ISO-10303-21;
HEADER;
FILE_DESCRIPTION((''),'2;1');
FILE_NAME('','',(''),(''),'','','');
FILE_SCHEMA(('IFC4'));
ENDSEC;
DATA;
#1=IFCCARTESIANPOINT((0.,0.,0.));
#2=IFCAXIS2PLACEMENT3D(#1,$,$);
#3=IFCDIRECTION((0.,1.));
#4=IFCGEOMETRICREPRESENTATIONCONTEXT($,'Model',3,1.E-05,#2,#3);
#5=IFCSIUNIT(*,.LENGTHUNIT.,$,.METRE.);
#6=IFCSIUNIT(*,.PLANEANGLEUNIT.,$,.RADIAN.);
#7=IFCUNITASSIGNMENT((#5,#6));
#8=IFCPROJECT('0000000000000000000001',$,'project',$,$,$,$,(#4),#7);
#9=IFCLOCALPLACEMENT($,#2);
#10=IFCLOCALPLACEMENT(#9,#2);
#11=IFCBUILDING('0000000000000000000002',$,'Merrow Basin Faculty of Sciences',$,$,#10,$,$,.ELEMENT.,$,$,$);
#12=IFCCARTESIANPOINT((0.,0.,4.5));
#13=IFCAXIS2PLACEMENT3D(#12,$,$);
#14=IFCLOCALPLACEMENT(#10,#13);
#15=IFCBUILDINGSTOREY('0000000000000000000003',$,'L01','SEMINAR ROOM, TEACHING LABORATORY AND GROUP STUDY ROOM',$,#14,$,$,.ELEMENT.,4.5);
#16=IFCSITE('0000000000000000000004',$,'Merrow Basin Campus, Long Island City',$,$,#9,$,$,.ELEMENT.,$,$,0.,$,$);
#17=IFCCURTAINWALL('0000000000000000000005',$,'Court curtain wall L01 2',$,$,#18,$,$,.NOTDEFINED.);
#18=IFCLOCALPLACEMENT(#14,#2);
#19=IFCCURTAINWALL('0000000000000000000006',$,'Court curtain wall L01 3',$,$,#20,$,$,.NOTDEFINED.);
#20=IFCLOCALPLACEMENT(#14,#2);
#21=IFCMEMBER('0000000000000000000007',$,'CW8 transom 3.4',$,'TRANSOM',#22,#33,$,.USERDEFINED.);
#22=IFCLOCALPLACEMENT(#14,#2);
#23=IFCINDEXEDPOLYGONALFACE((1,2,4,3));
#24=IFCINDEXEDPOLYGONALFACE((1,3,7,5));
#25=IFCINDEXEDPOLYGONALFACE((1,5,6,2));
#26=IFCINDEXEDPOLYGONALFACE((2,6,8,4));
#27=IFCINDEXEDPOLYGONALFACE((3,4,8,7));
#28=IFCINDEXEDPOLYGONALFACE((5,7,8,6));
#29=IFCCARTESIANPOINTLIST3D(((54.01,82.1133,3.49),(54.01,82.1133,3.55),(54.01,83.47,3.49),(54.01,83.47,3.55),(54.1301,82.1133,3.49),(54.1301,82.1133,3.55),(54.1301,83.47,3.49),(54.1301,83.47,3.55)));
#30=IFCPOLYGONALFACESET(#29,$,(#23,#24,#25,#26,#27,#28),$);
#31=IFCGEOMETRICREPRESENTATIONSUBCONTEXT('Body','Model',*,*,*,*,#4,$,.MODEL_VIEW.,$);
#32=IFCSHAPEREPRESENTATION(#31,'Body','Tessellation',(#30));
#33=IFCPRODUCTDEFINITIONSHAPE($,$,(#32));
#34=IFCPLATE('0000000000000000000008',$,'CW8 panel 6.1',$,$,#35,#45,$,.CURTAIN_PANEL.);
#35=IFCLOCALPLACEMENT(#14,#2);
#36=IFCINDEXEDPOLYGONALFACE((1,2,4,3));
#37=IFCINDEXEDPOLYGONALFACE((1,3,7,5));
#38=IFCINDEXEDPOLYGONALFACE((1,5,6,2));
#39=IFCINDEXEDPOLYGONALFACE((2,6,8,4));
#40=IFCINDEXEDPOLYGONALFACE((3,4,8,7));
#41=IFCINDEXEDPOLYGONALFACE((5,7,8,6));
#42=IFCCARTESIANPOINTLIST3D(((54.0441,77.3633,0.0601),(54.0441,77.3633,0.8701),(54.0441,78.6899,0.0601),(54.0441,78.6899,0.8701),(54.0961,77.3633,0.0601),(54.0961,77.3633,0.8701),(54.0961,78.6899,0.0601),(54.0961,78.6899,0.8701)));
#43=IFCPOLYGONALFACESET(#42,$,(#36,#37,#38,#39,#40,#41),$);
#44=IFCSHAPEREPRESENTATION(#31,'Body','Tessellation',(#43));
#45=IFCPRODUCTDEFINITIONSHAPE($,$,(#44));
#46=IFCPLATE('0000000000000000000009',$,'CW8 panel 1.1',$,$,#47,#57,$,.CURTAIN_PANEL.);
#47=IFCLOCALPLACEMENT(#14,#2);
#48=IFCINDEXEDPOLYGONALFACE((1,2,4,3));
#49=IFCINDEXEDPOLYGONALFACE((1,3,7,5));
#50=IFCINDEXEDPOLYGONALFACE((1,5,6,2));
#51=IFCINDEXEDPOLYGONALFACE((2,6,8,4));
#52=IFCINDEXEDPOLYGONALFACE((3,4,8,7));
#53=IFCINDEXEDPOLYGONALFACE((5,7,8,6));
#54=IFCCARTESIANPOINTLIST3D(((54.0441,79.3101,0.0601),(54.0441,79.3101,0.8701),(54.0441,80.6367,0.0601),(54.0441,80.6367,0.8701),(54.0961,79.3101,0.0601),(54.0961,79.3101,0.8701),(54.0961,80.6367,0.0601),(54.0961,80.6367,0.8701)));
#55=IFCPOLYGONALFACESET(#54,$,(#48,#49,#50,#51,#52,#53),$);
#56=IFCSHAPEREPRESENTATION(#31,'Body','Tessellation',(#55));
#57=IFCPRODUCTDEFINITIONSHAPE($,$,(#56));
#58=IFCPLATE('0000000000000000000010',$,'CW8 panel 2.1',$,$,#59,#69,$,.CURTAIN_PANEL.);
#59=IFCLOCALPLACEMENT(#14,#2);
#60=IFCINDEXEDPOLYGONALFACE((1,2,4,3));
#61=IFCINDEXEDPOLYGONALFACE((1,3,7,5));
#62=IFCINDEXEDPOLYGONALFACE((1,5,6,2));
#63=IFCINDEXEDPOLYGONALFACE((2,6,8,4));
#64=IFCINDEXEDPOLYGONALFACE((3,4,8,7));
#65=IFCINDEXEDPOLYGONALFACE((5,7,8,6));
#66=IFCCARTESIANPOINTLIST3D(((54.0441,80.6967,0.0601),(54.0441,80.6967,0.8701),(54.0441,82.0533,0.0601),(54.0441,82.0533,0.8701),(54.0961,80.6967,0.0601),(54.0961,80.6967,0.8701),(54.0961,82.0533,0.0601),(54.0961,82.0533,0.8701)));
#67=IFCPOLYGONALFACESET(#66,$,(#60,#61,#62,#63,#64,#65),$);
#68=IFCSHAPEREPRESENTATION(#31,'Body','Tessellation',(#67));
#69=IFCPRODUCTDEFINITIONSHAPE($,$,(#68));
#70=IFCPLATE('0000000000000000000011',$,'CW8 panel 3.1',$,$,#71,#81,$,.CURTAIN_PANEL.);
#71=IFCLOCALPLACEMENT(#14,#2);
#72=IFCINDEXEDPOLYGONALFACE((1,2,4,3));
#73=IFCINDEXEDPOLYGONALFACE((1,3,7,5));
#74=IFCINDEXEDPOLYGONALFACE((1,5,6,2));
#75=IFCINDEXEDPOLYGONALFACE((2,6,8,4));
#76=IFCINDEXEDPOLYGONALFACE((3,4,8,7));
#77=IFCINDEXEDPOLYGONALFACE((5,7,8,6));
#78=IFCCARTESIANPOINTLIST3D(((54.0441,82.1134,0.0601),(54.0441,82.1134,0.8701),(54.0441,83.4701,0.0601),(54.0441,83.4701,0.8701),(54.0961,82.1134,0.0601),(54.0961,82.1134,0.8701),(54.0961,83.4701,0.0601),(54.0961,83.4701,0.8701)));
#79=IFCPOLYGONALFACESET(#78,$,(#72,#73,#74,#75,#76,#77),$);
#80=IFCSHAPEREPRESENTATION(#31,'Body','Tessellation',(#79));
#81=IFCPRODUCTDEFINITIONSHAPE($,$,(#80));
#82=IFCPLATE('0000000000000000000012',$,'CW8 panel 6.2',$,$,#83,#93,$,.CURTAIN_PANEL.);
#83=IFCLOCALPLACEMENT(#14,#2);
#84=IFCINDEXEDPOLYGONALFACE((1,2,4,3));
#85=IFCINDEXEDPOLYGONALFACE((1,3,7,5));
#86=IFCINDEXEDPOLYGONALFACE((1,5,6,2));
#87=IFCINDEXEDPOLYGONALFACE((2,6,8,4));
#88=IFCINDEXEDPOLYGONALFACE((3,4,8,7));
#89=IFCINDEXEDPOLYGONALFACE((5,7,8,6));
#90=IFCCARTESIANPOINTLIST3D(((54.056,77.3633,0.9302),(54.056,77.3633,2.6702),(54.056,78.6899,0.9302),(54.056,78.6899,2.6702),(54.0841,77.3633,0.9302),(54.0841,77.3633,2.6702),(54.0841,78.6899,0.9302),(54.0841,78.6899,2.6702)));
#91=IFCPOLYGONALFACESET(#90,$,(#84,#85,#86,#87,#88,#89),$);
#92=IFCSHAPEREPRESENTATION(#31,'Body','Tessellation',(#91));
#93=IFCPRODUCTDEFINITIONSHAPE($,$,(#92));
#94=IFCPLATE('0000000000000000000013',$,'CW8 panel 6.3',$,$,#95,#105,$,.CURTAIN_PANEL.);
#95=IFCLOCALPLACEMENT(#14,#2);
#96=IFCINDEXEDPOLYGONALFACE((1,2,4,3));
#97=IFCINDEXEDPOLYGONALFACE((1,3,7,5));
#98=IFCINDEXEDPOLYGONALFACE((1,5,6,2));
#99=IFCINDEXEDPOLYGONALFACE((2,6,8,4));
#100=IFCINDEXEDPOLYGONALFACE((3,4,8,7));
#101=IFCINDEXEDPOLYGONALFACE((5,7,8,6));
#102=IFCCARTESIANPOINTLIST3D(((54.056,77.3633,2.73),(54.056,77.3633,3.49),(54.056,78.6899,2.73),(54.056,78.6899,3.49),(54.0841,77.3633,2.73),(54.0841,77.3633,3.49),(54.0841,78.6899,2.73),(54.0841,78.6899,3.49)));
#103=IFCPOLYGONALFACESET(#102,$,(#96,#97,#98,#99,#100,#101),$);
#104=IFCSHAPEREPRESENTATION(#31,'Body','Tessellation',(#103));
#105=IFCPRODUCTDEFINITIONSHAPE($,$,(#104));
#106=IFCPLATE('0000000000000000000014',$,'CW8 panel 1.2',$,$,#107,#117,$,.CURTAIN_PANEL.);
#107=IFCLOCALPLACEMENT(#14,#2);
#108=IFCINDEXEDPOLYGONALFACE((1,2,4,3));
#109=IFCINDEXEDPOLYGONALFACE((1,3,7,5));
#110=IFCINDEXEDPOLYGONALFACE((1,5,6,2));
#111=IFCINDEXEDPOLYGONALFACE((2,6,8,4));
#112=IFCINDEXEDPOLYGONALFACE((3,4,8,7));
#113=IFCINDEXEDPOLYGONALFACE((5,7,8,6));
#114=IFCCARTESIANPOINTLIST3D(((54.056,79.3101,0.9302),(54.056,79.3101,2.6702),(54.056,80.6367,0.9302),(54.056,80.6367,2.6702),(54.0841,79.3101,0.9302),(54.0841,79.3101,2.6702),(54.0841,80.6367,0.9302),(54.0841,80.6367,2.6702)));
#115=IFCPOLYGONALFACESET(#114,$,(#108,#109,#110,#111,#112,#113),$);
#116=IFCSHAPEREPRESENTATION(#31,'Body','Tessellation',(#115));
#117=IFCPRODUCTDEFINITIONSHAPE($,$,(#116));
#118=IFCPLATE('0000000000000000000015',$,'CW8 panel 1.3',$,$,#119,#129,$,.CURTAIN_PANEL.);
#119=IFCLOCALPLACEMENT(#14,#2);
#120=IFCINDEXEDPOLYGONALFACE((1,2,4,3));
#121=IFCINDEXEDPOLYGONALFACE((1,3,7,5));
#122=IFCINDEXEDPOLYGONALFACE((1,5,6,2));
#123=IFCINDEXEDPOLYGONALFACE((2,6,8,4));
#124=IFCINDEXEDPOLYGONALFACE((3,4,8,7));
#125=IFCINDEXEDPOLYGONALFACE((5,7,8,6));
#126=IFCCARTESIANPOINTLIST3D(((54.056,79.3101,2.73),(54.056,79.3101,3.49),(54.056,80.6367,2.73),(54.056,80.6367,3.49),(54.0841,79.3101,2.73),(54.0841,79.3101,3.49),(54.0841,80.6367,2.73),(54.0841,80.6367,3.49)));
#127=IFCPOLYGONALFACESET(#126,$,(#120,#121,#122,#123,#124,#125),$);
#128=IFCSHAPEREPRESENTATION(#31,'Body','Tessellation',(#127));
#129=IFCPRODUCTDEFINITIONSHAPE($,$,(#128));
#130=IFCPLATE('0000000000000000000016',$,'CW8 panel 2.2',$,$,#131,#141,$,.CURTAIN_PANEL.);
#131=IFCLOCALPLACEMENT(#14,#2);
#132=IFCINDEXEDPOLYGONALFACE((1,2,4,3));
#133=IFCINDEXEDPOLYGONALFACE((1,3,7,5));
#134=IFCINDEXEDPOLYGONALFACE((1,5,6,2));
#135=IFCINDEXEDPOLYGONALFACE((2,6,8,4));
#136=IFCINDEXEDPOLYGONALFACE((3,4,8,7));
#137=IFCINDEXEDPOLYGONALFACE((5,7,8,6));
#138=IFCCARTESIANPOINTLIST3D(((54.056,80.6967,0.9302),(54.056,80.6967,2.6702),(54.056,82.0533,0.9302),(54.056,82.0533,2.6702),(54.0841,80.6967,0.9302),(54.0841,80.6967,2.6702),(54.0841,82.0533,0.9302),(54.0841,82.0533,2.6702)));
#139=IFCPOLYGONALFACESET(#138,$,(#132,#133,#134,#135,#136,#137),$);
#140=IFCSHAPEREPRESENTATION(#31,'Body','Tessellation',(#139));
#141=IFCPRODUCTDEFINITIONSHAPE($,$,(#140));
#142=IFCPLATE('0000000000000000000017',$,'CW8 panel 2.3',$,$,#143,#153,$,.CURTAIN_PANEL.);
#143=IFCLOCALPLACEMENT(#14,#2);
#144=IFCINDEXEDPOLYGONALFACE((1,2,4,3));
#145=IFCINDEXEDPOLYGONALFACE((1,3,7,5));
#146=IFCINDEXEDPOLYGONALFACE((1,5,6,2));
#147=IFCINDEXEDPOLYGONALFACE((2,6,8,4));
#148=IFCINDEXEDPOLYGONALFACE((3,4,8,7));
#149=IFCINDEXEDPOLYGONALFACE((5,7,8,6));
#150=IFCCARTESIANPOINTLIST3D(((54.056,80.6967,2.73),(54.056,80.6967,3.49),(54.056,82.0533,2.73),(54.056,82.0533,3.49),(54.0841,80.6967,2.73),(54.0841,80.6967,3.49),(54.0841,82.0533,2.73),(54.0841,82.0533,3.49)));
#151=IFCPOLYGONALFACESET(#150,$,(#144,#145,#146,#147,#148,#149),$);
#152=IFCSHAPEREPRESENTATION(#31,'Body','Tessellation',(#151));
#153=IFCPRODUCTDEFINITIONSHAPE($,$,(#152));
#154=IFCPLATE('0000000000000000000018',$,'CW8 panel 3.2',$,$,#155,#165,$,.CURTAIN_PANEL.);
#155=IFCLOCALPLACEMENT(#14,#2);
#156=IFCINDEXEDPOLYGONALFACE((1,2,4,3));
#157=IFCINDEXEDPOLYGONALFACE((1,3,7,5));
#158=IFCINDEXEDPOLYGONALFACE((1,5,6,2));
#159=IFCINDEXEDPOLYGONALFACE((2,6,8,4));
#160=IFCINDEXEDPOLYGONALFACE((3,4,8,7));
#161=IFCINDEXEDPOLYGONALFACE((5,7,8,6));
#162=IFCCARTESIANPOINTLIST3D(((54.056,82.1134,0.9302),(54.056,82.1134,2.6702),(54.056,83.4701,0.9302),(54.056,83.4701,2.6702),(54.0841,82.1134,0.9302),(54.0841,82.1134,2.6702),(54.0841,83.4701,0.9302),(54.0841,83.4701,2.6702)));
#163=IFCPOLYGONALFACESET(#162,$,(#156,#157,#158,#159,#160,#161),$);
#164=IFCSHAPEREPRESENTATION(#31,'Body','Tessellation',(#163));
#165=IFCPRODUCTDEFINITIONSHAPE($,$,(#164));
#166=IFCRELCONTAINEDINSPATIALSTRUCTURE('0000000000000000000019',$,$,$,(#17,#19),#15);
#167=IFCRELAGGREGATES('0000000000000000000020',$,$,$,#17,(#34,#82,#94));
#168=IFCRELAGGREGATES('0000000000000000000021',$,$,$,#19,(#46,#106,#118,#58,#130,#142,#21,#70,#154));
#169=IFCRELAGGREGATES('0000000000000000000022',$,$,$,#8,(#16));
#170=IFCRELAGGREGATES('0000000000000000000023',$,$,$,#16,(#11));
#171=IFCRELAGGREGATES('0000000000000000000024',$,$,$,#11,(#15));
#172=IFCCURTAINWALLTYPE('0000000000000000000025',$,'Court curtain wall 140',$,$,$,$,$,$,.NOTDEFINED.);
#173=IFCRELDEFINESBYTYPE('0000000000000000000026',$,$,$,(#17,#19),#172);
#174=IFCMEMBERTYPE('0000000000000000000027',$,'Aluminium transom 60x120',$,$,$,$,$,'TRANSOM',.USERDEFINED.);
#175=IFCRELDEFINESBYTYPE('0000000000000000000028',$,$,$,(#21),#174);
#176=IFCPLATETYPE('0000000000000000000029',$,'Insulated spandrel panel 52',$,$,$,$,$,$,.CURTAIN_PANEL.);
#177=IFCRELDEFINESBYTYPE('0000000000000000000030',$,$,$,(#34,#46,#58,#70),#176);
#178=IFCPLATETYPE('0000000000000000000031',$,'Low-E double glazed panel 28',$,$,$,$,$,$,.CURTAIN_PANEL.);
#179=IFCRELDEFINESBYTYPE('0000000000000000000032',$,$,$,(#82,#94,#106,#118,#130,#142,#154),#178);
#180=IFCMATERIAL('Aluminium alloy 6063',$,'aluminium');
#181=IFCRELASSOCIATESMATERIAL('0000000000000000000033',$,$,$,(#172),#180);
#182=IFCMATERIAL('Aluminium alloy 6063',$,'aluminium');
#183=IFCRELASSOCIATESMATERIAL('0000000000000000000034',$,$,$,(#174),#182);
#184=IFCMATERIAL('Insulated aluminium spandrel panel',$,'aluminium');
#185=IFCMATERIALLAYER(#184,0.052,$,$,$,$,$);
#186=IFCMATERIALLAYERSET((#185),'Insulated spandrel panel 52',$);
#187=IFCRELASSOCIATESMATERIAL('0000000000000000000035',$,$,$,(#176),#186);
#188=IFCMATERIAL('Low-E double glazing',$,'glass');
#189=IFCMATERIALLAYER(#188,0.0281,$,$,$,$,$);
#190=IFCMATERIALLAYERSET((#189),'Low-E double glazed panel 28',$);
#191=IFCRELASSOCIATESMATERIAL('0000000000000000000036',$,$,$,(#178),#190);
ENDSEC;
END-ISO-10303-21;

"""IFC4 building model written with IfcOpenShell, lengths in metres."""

from ifc_helpers import new_model, si_unit, direction, frame, origin, origin_2d, place, context, subcontext, project, spatial, rectangle, extrude, material, layer, layer_set, material_profile, profile_set, type_object, element, aggregate, save


model = new_model("IFC4")

# Units and contexts
model_context = context("Model", 3, precision=1e-05, world=origin(), true_north=direction((0.0, 1.0)))
body_context = subcontext(model_context, "Body", "Model", "MODEL_VIEW")
ifc_project = project(units=[si_unit("LENGTHUNIT", "METRE"), si_unit("PLANEANGLEUNIT", "RADIAN")], contexts=[model_context])

# Site, building, storey
site_placement = place(None, origin())
site = spatial("IfcSite", under=ifc_project, at=site_placement, Name="Merrow Basin Campus, Long Island City", CompositionType="ELEMENT", RefElevation=0.0)
building_placement = place(site_placement, origin())
building = spatial("IfcBuilding", under=site, at=building_placement, Name="Merrow Basin Faculty of Sciences", CompositionType="ELEMENT")
storey_placement = place(building_placement, frame((0.0, 0.0, 4.5)))
storey = spatial("IfcBuildingStorey", under=building, at=storey_placement, Name="L01", Description="SEMINAR ROOM, TEACHING LABORATORY AND GROUP STUDY ROOM", CompositionType="ELEMENT", Elevation=4.5)

# Curtain wall
ifc_material_1 = material(Name="Aluminium alloy 6063", Category="aluminium")
curtain_wall_type = type_object("IfcCurtainWallType", Name="Court curtain wall 140", PredefinedType="NOTDEFINED", material=ifc_material_1)
curtain_wall_1_placement = place(storey_placement, origin())
curtain_wall_1 = element("IfcCurtainWall", 1, at=curtain_wall_1_placement, inside=storey, type_object=curtain_wall_type, Name="Court curtain wall L01 2", PredefinedType="NOTDEFINED")

# Curtain wall, member
curtain_wall_2_placement = place(storey_placement, origin())
curtain_wall_2 = element("IfcCurtainWall", 2, at=curtain_wall_2_placement, inside=storey, type_object=curtain_wall_type, Name="Court curtain wall L01 3", PredefinedType="NOTDEFINED")
ifc_material_2 = material(Name="Aluminium alloy 6063", Category="aluminium")
ifc_material_profile_1 = material_profile(ifc_material_2, rectangle(XDim=0.1201, YDim=0.0601, at=origin_2d()))
ifc_profile_set_1 = profile_set([ifc_material_profile_1], Name="Aluminium alloy 6063")
member_type_1 = type_object("IfcMemberType", Name="Aluminium transom 60x120", ElementType="TRANSOM", PredefinedType="USERDEFINED", material=ifc_profile_set_1)
member_1_placement = place(storey_placement, frame((54.0701, 82.1133, 3.52), z_axis=(0.0, 1.0, 0.0), x_axis=(-1.0, 0.0, 0.0)))
member_1 = element("IfcMember", 3, at=member_1_placement, type_object=member_type_1, Name="CW8 transom 3.4", ObjectType="TRANSOM", PredefinedType="USERDEFINED", context=body_context, shape_type="SweptSolid", body=[
    extrude(rectangle(XDim=0.1201, YDim=0.0601, at=origin_2d()), origin(), (0.0, 0.0, 1.0), 1.3567),
])

# Plates
ifc_material_3 = material(Name="Insulated aluminium spandrel panel", Category="aluminium")
ifc_layer_1 = layer(ifc_material_3, 0.052)
ifc_layer_set_1 = layer_set([ifc_layer_1], Name="Insulated spandrel panel 52")
plate_type_1 = type_object("IfcPlateType", Name="Insulated spandrel panel 52", PredefinedType="CURTAIN_PANEL", material=ifc_layer_set_1)
plate_1_placement = place(storey_placement, frame((54.0701, 78.0266, 0.0601), z_axis=(0.0, 0.0, 1.0), x_axis=(0.0, 1.0, 0.0)))
plate_1 = element("IfcPlate", 4, at=plate_1_placement, type_object=plate_type_1, Name="CW8 panel 6.1", PredefinedType="CURTAIN_PANEL", context=body_context, shape_type="SweptSolid", body=[
    extrude(rectangle(XDim=1.3267, YDim=0.052, at=origin_2d()), origin(), (0.0, 0.0, 1.0), 0.8101),
])
plate_2_placement = place(storey_placement, frame((54.0701, 79.9734, 0.0601), z_axis=(0.0, 0.0, 1.0), x_axis=(0.0, 1.0, 0.0)))
plate_2 = element("IfcPlate", 5, at=plate_2_placement, type_object=plate_type_1, Name="CW8 panel 1.1", PredefinedType="CURTAIN_PANEL", context=body_context, shape_type="SweptSolid", body=[
    extrude(rectangle(XDim=1.3267, YDim=0.052, at=origin_2d()), origin(), (0.0, 0.0, 1.0), 0.8101),
])
plate_3_placement = place(storey_placement, frame((54.0701, 81.375, 0.0601), z_axis=(0.0, 0.0, 1.0), x_axis=(0.0, 1.0, 0.0)))
plate_3 = element("IfcPlate", 6, at=plate_3_placement, type_object=plate_type_1, Name="CW8 panel 2.1", PredefinedType="CURTAIN_PANEL", context=body_context, shape_type="SweptSolid", body=[
    extrude(rectangle(XDim=1.3567, YDim=0.052, at=origin_2d()), origin(), (0.0, 0.0, 1.0), 0.8101),
])
plate_4_placement = place(storey_placement, frame((54.0701, 82.7917, 0.0601), z_axis=(0.0, 0.0, 1.0), x_axis=(0.0, 1.0, 0.0)))
plate_4 = element("IfcPlate", 7, at=plate_4_placement, type_object=plate_type_1, Name="CW8 panel 3.1", PredefinedType="CURTAIN_PANEL", context=body_context, shape_type="SweptSolid", body=[
    extrude(rectangle(XDim=1.3567, YDim=0.052, at=origin_2d()), origin(), (0.0, 0.0, 1.0), 0.8101),
])
ifc_material_4 = material(Name="Low-E double glazing", Category="glass")
ifc_layer_2 = layer(ifc_material_4, 0.0281)
ifc_layer_set_2 = layer_set([ifc_layer_2], Name="Low-E double glazed panel 28")
plate_type_2 = type_object("IfcPlateType", Name="Low-E double glazed panel 28", PredefinedType="CURTAIN_PANEL", material=ifc_layer_set_2)
plate_5_placement = place(storey_placement, frame((54.0701, 78.0266, 0.9302), z_axis=(0.0, 0.0, 1.0), x_axis=(0.0, 1.0, 0.0)))
plate_5 = element("IfcPlate", 8, at=plate_5_placement, type_object=plate_type_2, Name="CW8 panel 6.2", PredefinedType="CURTAIN_PANEL", context=body_context, shape_type="SweptSolid", body=[
    extrude(rectangle(XDim=1.3267, YDim=0.0281, at=origin_2d()), origin(), (0.0, 0.0, 1.0), 1.74),
])
plate_6_placement = place(storey_placement, frame((54.0701, 78.0266, 2.73), z_axis=(0.0, 0.0, 1.0), x_axis=(0.0, 1.0, 0.0)))
plate_6 = element("IfcPlate", 9, at=plate_6_placement, type_object=plate_type_2, Name="CW8 panel 6.3", PredefinedType="CURTAIN_PANEL", context=body_context, shape_type="SweptSolid", body=[
    extrude(rectangle(XDim=1.3267, YDim=0.0281, at=origin_2d()), origin(), (0.0, 0.0, 1.0), 0.76),
])
aggregate(curtain_wall_1, [plate_1, plate_5, plate_6])
plate_7_placement = place(storey_placement, frame((54.0701, 79.9734, 0.9302), z_axis=(0.0, 0.0, 1.0), x_axis=(0.0, 1.0, 0.0)))
plate_7 = element("IfcPlate", 10, at=plate_7_placement, type_object=plate_type_2, Name="CW8 panel 1.2", PredefinedType="CURTAIN_PANEL", context=body_context, shape_type="SweptSolid", body=[
    extrude(rectangle(XDim=1.3267, YDim=0.0281, at=origin_2d()), origin(), (0.0, 0.0, 1.0), 1.74),
])
plate_8_placement = place(storey_placement, frame((54.0701, 79.9734, 2.73), z_axis=(0.0, 0.0, 1.0), x_axis=(0.0, 1.0, 0.0)))
plate_8 = element("IfcPlate", 11, at=plate_8_placement, type_object=plate_type_2, Name="CW8 panel 1.3", PredefinedType="CURTAIN_PANEL", context=body_context, shape_type="SweptSolid", body=[
    extrude(rectangle(XDim=1.3267, YDim=0.0281, at=origin_2d()), origin(), (0.0, 0.0, 1.0), 0.76),
])
plate_9_placement = place(storey_placement, frame((54.0701, 81.375, 0.9302), z_axis=(0.0, 0.0, 1.0), x_axis=(0.0, 1.0, 0.0)))
plate_9 = element("IfcPlate", 12, at=plate_9_placement, type_object=plate_type_2, Name="CW8 panel 2.2", PredefinedType="CURTAIN_PANEL", context=body_context, shape_type="SweptSolid", body=[
    extrude(rectangle(XDim=1.3567, YDim=0.0281, at=origin_2d()), origin(), (0.0, 0.0, 1.0), 1.74),
])
plate_10_placement = place(storey_placement, frame((54.0701, 81.375, 2.73), z_axis=(0.0, 0.0, 1.0), x_axis=(0.0, 1.0, 0.0)))
plate_10 = element("IfcPlate", 13, at=plate_10_placement, type_object=plate_type_2, Name="CW8 panel 2.3", PredefinedType="CURTAIN_PANEL", context=body_context, shape_type="SweptSolid", body=[
    extrude(rectangle(XDim=1.3567, YDim=0.0281, at=origin_2d()), origin(), (0.0, 0.0, 1.0), 0.76),
])
plate_11_placement = place(storey_placement, frame((54.0701, 82.7917, 0.9302), z_axis=(0.0, 0.0, 1.0), x_axis=(0.0, 1.0, 0.0)))
plate_11 = element("IfcPlate", 14, at=plate_11_placement, type_object=plate_type_2, Name="CW8 panel 3.2", PredefinedType="CURTAIN_PANEL", context=body_context, shape_type="SweptSolid", body=[
    extrude(rectangle(XDim=1.3567, YDim=0.0281, at=origin_2d()), origin(), (0.0, 0.0, 1.0), 1.74),
])
aggregate(curtain_wall_2, [plate_2, plate_7, plate_8, plate_3, plate_9, plate_10, member_1, plate_4, plate_11])

save(model, "model.ifc")
